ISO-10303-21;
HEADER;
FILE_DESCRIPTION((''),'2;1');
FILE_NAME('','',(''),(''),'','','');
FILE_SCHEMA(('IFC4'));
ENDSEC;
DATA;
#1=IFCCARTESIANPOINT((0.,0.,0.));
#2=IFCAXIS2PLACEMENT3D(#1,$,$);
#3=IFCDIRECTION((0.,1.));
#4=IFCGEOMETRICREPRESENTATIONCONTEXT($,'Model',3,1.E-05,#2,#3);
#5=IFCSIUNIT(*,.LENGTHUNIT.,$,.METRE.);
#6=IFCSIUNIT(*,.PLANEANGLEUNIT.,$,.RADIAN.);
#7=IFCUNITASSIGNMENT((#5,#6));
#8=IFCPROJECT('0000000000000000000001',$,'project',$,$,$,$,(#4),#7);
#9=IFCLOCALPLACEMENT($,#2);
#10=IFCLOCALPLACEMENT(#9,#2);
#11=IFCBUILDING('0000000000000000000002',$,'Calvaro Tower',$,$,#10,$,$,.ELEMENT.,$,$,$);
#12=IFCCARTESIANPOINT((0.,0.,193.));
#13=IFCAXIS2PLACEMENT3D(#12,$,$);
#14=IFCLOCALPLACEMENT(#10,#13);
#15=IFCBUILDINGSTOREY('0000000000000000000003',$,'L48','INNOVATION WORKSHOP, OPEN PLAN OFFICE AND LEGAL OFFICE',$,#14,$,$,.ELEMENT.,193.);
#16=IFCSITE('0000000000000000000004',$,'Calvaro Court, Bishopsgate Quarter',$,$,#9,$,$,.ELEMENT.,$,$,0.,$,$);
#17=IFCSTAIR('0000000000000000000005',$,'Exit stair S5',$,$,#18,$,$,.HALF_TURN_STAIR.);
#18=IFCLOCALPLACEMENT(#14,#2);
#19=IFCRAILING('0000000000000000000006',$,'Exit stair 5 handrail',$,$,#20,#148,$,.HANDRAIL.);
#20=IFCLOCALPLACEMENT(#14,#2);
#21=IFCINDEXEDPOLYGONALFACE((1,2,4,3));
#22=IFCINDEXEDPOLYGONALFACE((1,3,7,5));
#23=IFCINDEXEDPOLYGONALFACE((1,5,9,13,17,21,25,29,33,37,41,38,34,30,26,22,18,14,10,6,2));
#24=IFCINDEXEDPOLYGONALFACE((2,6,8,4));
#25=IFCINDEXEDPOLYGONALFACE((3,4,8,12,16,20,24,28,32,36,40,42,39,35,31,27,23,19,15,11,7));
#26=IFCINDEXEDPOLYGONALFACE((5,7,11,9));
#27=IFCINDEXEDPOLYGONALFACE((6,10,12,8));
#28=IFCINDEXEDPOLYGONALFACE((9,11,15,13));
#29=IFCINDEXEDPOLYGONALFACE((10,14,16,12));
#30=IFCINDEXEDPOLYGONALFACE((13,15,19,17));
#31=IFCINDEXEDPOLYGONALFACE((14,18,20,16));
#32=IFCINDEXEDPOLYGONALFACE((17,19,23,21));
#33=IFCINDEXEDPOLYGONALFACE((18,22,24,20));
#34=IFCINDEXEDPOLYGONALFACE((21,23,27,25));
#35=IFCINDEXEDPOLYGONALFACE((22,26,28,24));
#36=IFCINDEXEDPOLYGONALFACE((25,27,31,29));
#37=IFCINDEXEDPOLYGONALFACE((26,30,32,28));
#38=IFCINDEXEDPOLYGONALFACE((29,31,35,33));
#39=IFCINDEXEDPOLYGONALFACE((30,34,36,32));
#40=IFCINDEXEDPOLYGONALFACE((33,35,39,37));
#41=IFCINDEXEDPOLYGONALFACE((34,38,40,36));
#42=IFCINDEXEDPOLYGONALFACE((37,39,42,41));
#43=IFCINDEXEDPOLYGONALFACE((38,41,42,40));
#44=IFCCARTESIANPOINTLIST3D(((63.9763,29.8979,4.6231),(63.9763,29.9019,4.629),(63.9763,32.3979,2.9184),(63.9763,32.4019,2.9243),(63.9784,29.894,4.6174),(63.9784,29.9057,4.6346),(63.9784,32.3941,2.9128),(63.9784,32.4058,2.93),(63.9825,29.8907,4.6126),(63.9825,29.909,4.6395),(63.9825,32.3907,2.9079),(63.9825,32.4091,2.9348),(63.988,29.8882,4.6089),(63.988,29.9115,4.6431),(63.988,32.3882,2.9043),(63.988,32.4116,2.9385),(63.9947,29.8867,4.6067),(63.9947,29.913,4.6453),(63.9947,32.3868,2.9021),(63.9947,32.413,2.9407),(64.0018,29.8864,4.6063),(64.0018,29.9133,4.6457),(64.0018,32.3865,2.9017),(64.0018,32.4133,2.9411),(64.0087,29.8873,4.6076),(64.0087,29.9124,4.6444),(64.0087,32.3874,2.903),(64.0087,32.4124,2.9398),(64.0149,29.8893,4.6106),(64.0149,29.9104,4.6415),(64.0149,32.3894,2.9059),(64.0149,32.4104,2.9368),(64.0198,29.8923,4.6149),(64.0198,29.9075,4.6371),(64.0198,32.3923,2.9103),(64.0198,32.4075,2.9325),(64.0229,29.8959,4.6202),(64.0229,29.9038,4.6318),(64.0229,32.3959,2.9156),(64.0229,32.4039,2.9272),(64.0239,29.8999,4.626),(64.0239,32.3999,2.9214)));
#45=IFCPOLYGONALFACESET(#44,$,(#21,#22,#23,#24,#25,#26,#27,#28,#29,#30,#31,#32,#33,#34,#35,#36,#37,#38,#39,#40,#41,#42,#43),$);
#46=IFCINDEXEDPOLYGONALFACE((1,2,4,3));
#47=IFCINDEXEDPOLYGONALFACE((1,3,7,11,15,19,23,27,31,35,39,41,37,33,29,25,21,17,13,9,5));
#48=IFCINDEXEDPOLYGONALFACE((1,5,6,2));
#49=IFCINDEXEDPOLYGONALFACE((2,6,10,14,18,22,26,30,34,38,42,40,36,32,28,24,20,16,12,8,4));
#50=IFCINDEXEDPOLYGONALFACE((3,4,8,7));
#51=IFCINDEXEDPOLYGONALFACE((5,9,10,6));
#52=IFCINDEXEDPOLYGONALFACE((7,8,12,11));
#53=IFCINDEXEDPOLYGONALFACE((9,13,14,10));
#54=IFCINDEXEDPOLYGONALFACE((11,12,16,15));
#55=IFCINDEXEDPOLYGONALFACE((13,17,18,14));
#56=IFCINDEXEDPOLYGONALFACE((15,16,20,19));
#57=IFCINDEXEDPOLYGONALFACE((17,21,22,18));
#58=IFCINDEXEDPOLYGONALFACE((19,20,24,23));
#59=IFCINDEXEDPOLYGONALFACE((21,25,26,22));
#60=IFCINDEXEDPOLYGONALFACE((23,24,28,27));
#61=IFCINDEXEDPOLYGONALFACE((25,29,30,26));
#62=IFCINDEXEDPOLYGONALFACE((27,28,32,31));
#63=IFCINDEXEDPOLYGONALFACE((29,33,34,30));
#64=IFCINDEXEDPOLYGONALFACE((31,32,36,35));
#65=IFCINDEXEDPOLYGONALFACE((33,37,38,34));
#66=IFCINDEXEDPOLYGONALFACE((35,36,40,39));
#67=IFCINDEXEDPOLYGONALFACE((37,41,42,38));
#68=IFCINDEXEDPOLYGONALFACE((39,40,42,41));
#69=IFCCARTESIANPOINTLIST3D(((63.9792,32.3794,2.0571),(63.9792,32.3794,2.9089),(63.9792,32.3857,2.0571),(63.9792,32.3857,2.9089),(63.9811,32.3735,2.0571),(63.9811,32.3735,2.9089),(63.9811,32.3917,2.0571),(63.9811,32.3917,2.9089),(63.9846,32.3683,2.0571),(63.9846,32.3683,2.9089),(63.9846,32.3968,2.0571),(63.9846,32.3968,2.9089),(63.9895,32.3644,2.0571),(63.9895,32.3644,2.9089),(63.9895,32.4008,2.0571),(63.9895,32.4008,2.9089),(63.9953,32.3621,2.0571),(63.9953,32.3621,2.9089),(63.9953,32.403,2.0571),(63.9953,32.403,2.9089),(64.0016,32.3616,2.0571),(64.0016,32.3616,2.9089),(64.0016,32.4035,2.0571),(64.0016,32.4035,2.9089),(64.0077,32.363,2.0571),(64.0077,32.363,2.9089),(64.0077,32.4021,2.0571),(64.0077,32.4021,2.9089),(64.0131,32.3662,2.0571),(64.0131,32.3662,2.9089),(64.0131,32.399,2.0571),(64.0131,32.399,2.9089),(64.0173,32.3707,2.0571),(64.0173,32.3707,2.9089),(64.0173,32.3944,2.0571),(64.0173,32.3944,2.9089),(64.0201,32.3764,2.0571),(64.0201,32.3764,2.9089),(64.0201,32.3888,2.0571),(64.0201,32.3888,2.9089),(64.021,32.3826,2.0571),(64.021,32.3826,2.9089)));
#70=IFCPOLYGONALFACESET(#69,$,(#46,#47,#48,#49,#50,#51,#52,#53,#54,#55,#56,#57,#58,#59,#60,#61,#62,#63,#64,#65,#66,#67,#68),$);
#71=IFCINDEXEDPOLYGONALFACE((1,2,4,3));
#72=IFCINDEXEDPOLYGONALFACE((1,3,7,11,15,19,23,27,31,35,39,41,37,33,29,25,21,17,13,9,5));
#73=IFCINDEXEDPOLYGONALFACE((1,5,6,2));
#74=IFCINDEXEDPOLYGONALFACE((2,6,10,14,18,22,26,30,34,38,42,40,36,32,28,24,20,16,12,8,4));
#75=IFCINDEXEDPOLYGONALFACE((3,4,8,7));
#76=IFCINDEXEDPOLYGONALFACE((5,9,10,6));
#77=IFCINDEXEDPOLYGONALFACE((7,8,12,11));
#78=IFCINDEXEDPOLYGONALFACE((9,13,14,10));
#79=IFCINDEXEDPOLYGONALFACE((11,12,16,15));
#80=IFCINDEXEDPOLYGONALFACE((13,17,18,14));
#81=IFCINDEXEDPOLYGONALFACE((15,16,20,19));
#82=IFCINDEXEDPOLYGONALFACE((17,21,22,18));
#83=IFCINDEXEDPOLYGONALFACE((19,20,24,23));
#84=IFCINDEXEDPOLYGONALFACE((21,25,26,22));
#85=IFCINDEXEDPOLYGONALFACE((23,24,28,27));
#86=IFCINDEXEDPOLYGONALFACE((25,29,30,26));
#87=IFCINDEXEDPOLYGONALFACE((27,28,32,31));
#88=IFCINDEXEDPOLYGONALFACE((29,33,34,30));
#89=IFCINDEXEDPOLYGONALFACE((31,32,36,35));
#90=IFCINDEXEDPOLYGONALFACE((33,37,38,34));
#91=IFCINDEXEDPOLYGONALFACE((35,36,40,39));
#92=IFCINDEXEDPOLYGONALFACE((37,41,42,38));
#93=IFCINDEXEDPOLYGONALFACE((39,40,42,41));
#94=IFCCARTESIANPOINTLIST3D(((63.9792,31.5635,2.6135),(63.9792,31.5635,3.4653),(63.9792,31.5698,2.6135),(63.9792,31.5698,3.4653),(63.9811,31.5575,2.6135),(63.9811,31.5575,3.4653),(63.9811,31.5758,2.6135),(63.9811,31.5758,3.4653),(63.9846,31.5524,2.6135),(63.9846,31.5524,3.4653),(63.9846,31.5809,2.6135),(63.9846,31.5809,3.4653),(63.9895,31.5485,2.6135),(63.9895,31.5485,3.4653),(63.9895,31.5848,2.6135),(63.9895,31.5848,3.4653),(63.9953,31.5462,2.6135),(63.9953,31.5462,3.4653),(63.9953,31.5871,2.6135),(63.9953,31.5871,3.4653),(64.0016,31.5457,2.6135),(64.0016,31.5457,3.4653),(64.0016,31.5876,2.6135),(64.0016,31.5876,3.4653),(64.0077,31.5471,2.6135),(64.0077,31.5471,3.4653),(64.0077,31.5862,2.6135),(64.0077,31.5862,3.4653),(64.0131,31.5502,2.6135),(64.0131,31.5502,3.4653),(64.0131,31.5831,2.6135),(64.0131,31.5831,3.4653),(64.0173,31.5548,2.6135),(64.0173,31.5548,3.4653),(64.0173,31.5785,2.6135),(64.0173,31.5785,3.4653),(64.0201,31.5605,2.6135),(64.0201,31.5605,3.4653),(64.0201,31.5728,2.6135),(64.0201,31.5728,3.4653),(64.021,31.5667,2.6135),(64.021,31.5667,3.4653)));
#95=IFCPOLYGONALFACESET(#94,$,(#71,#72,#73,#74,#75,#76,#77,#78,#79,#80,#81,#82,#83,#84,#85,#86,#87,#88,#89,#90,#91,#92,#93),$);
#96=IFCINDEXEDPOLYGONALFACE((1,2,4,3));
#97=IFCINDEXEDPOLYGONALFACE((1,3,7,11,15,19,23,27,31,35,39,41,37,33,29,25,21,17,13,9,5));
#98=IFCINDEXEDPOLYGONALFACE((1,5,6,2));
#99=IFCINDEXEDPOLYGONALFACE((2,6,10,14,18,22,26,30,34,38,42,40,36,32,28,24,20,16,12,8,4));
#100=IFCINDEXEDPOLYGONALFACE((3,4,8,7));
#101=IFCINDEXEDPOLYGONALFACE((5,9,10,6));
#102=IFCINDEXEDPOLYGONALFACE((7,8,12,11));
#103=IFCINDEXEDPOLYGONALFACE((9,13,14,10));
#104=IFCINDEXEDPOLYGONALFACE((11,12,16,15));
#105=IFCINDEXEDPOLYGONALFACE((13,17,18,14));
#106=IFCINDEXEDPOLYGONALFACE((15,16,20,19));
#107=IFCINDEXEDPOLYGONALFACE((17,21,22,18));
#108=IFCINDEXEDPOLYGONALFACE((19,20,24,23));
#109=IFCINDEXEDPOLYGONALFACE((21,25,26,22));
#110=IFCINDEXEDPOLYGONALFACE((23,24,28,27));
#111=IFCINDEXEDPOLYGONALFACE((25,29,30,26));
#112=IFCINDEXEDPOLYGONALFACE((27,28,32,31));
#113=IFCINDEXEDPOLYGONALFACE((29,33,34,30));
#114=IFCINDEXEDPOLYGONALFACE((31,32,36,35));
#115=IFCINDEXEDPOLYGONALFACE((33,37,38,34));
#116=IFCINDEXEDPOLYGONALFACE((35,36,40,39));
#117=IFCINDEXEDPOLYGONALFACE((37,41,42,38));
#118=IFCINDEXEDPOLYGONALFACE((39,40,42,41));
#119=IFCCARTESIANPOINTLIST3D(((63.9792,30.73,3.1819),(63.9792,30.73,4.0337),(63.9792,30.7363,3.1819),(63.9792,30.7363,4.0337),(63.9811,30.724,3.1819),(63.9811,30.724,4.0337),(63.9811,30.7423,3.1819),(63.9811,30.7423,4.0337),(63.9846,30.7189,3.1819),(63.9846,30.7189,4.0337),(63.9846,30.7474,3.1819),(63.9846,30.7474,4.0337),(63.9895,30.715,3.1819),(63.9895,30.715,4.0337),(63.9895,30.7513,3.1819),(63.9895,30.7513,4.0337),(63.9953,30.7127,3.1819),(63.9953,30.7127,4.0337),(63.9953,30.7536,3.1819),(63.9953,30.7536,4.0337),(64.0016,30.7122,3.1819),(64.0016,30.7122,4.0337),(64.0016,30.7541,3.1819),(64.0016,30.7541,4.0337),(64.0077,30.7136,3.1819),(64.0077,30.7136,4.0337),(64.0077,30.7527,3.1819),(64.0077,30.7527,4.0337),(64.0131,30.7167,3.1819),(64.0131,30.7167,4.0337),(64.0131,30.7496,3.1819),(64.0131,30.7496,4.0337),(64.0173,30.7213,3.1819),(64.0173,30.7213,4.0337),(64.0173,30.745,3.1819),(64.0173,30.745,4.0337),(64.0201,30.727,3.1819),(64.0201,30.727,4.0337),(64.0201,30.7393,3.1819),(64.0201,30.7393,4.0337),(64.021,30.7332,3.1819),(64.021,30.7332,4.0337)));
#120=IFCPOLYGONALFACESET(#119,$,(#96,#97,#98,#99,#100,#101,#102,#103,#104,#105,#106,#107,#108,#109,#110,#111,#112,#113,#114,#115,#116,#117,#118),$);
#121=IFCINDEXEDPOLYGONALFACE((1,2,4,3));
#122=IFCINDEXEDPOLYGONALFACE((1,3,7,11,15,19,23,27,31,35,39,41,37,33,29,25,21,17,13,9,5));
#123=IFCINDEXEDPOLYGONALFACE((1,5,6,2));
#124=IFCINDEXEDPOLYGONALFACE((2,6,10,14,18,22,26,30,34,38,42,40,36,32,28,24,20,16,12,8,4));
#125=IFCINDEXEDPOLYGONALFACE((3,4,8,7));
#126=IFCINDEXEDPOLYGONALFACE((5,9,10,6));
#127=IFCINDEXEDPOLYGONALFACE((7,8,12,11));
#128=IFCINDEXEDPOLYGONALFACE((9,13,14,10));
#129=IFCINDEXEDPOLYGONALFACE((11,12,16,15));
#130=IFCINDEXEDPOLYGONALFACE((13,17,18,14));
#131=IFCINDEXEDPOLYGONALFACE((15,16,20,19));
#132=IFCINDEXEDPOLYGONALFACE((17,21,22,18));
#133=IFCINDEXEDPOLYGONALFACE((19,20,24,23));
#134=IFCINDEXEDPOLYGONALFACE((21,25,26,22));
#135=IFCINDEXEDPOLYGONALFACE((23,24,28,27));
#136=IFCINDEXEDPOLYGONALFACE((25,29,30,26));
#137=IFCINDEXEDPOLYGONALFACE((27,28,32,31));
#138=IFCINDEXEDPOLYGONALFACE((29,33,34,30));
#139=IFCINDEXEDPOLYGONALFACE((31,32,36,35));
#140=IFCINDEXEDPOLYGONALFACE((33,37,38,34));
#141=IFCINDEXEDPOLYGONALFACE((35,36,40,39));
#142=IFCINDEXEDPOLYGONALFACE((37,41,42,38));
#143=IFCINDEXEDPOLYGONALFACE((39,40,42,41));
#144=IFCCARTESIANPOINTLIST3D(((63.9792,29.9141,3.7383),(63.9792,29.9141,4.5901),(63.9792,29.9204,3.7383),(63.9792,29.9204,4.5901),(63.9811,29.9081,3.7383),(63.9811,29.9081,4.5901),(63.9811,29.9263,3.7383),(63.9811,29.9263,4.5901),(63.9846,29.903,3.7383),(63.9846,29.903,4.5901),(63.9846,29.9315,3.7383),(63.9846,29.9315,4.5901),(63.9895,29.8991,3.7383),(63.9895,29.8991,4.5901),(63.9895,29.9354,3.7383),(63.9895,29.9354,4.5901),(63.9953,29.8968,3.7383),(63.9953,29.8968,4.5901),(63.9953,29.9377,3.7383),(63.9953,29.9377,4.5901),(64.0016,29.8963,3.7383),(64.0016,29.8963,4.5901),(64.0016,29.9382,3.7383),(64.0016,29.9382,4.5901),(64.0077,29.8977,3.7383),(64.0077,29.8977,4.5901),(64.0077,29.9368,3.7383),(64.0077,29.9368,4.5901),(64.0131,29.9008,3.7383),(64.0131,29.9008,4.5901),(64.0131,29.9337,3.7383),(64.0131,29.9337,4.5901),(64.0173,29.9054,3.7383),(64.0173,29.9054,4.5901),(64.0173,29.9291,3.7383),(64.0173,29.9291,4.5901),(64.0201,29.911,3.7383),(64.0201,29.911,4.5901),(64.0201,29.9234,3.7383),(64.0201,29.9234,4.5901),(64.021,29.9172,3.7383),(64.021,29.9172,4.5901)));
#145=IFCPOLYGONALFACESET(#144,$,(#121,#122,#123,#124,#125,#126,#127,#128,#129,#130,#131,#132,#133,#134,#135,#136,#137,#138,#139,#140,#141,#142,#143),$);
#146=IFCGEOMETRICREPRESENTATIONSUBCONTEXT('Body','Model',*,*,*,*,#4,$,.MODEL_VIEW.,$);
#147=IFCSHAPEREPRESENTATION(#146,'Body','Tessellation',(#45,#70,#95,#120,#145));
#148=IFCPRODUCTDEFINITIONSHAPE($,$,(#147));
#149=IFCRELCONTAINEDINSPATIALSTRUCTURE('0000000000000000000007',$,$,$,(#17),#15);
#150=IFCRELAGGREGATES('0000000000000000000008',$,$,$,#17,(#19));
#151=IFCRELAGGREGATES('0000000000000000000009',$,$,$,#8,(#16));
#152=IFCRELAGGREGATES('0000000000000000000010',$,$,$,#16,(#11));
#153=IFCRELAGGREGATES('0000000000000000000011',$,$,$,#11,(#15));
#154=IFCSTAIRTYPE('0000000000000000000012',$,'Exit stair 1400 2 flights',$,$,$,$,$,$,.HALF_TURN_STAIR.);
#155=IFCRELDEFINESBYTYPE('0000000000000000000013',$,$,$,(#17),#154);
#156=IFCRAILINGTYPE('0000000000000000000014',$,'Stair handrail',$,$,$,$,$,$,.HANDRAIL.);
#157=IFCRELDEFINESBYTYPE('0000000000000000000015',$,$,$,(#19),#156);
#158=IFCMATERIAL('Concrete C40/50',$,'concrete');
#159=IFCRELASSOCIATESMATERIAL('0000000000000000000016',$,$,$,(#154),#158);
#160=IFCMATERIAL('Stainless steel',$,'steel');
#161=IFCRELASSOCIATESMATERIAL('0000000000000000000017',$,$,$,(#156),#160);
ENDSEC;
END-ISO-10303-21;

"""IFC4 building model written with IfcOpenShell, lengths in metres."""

from ifc_helpers import new_model, si_unit, direction, frame, origin, origin_2d, place, context, subcontext, project, spatial, circle, extrude, material, type_object, element, aggregate, save


model = new_model("IFC4")

# Units and contexts
model_context = context("Model", 3, precision=1e-05, world=origin(), true_north=direction((0.0, 1.0)))
body_context = subcontext(model_context, "Body", "Model", "MODEL_VIEW")
ifc_project = project(units=[si_unit("LENGTHUNIT", "METRE"), si_unit("PLANEANGLEUNIT", "RADIAN")], contexts=[model_context])

# Site, building, storey
site_placement = place(None, origin())
site = spatial("IfcSite", under=ifc_project, at=site_placement, Name="Calvaro Court, Bishopsgate Quarter", CompositionType="ELEMENT", RefElevation=0.0)
building_placement = place(site_placement, origin())
building = spatial("IfcBuilding", under=site, at=building_placement, Name="Calvaro Tower", CompositionType="ELEMENT")
storey_placement = place(building_placement, frame((0.0, 0.0, 193.0)))
storey = spatial("IfcBuildingStorey", under=building, at=storey_placement, Name="L48", Description="INNOVATION WORKSHOP, OPEN PLAN OFFICE AND LEGAL OFFICE", CompositionType="ELEMENT", Elevation=193.0)

# Stair, railing
ifc_material_1 = material(Name="Concrete C40/50", Category="concrete")
stair_type = type_object("IfcStairType", Name="Exit stair 1400 2 flights", PredefinedType="HALF_TURN_STAIR", material=ifc_material_1)
stair_placement = place(storey_placement, origin())
stair = element("IfcStair", 1, at=stair_placement, inside=storey, type_object=stair_type, Name="Exit stair S5", PredefinedType="HALF_TURN_STAIR")
ifc_material_2 = material(Name="Stainless steel", Category="steel")
railing_type = type_object("IfcRailingType", Name="Stair handrail", PredefinedType="HANDRAIL", material=ifc_material_2)
railing_1_placement = place(storey_placement, frame((64.0, 32.3999, 2.0454)))
railing_1 = element("IfcRailing", 2, at=railing_1_placement, type_object=railing_type, Name="Exit stair 5 handrail", PredefinedType="HANDRAIL", context=body_context, shape_type="SweptSolid", body=[
    extrude(circle(Radius=0.0239, at=origin_2d()), frame((0.0, 0.0, 0.876), z_axis=(0.0, -0.826221, 0.563347), x_axis=(1.0, 0.0, 0.0)), (0.0, 0.0, 1.0), 3.0259),
    extrude(circle(Radius=0.021, at=origin_2d()), frame((0.0, -0.0173, 0.0117)), (0.0, 0.0, 1.0), 0.8518),
    extrude(circle(Radius=0.021, at=origin_2d()), frame((0.0, -0.8333, 0.5681)), (0.0, 0.0, 1.0), 0.8518),
    extrude(circle(Radius=0.021, at=origin_2d()), frame((0.0, -1.6667, 1.1365)), (0.0, 0.0, 1.0), 0.8518),
    extrude(circle(Radius=0.021, at=origin_2d()), frame((0.0, -2.4827, 1.6929)), (0.0, 0.0, 1.0), 0.8518),
])
aggregate(stair, [railing_1])

save(model, "model.ifc")
